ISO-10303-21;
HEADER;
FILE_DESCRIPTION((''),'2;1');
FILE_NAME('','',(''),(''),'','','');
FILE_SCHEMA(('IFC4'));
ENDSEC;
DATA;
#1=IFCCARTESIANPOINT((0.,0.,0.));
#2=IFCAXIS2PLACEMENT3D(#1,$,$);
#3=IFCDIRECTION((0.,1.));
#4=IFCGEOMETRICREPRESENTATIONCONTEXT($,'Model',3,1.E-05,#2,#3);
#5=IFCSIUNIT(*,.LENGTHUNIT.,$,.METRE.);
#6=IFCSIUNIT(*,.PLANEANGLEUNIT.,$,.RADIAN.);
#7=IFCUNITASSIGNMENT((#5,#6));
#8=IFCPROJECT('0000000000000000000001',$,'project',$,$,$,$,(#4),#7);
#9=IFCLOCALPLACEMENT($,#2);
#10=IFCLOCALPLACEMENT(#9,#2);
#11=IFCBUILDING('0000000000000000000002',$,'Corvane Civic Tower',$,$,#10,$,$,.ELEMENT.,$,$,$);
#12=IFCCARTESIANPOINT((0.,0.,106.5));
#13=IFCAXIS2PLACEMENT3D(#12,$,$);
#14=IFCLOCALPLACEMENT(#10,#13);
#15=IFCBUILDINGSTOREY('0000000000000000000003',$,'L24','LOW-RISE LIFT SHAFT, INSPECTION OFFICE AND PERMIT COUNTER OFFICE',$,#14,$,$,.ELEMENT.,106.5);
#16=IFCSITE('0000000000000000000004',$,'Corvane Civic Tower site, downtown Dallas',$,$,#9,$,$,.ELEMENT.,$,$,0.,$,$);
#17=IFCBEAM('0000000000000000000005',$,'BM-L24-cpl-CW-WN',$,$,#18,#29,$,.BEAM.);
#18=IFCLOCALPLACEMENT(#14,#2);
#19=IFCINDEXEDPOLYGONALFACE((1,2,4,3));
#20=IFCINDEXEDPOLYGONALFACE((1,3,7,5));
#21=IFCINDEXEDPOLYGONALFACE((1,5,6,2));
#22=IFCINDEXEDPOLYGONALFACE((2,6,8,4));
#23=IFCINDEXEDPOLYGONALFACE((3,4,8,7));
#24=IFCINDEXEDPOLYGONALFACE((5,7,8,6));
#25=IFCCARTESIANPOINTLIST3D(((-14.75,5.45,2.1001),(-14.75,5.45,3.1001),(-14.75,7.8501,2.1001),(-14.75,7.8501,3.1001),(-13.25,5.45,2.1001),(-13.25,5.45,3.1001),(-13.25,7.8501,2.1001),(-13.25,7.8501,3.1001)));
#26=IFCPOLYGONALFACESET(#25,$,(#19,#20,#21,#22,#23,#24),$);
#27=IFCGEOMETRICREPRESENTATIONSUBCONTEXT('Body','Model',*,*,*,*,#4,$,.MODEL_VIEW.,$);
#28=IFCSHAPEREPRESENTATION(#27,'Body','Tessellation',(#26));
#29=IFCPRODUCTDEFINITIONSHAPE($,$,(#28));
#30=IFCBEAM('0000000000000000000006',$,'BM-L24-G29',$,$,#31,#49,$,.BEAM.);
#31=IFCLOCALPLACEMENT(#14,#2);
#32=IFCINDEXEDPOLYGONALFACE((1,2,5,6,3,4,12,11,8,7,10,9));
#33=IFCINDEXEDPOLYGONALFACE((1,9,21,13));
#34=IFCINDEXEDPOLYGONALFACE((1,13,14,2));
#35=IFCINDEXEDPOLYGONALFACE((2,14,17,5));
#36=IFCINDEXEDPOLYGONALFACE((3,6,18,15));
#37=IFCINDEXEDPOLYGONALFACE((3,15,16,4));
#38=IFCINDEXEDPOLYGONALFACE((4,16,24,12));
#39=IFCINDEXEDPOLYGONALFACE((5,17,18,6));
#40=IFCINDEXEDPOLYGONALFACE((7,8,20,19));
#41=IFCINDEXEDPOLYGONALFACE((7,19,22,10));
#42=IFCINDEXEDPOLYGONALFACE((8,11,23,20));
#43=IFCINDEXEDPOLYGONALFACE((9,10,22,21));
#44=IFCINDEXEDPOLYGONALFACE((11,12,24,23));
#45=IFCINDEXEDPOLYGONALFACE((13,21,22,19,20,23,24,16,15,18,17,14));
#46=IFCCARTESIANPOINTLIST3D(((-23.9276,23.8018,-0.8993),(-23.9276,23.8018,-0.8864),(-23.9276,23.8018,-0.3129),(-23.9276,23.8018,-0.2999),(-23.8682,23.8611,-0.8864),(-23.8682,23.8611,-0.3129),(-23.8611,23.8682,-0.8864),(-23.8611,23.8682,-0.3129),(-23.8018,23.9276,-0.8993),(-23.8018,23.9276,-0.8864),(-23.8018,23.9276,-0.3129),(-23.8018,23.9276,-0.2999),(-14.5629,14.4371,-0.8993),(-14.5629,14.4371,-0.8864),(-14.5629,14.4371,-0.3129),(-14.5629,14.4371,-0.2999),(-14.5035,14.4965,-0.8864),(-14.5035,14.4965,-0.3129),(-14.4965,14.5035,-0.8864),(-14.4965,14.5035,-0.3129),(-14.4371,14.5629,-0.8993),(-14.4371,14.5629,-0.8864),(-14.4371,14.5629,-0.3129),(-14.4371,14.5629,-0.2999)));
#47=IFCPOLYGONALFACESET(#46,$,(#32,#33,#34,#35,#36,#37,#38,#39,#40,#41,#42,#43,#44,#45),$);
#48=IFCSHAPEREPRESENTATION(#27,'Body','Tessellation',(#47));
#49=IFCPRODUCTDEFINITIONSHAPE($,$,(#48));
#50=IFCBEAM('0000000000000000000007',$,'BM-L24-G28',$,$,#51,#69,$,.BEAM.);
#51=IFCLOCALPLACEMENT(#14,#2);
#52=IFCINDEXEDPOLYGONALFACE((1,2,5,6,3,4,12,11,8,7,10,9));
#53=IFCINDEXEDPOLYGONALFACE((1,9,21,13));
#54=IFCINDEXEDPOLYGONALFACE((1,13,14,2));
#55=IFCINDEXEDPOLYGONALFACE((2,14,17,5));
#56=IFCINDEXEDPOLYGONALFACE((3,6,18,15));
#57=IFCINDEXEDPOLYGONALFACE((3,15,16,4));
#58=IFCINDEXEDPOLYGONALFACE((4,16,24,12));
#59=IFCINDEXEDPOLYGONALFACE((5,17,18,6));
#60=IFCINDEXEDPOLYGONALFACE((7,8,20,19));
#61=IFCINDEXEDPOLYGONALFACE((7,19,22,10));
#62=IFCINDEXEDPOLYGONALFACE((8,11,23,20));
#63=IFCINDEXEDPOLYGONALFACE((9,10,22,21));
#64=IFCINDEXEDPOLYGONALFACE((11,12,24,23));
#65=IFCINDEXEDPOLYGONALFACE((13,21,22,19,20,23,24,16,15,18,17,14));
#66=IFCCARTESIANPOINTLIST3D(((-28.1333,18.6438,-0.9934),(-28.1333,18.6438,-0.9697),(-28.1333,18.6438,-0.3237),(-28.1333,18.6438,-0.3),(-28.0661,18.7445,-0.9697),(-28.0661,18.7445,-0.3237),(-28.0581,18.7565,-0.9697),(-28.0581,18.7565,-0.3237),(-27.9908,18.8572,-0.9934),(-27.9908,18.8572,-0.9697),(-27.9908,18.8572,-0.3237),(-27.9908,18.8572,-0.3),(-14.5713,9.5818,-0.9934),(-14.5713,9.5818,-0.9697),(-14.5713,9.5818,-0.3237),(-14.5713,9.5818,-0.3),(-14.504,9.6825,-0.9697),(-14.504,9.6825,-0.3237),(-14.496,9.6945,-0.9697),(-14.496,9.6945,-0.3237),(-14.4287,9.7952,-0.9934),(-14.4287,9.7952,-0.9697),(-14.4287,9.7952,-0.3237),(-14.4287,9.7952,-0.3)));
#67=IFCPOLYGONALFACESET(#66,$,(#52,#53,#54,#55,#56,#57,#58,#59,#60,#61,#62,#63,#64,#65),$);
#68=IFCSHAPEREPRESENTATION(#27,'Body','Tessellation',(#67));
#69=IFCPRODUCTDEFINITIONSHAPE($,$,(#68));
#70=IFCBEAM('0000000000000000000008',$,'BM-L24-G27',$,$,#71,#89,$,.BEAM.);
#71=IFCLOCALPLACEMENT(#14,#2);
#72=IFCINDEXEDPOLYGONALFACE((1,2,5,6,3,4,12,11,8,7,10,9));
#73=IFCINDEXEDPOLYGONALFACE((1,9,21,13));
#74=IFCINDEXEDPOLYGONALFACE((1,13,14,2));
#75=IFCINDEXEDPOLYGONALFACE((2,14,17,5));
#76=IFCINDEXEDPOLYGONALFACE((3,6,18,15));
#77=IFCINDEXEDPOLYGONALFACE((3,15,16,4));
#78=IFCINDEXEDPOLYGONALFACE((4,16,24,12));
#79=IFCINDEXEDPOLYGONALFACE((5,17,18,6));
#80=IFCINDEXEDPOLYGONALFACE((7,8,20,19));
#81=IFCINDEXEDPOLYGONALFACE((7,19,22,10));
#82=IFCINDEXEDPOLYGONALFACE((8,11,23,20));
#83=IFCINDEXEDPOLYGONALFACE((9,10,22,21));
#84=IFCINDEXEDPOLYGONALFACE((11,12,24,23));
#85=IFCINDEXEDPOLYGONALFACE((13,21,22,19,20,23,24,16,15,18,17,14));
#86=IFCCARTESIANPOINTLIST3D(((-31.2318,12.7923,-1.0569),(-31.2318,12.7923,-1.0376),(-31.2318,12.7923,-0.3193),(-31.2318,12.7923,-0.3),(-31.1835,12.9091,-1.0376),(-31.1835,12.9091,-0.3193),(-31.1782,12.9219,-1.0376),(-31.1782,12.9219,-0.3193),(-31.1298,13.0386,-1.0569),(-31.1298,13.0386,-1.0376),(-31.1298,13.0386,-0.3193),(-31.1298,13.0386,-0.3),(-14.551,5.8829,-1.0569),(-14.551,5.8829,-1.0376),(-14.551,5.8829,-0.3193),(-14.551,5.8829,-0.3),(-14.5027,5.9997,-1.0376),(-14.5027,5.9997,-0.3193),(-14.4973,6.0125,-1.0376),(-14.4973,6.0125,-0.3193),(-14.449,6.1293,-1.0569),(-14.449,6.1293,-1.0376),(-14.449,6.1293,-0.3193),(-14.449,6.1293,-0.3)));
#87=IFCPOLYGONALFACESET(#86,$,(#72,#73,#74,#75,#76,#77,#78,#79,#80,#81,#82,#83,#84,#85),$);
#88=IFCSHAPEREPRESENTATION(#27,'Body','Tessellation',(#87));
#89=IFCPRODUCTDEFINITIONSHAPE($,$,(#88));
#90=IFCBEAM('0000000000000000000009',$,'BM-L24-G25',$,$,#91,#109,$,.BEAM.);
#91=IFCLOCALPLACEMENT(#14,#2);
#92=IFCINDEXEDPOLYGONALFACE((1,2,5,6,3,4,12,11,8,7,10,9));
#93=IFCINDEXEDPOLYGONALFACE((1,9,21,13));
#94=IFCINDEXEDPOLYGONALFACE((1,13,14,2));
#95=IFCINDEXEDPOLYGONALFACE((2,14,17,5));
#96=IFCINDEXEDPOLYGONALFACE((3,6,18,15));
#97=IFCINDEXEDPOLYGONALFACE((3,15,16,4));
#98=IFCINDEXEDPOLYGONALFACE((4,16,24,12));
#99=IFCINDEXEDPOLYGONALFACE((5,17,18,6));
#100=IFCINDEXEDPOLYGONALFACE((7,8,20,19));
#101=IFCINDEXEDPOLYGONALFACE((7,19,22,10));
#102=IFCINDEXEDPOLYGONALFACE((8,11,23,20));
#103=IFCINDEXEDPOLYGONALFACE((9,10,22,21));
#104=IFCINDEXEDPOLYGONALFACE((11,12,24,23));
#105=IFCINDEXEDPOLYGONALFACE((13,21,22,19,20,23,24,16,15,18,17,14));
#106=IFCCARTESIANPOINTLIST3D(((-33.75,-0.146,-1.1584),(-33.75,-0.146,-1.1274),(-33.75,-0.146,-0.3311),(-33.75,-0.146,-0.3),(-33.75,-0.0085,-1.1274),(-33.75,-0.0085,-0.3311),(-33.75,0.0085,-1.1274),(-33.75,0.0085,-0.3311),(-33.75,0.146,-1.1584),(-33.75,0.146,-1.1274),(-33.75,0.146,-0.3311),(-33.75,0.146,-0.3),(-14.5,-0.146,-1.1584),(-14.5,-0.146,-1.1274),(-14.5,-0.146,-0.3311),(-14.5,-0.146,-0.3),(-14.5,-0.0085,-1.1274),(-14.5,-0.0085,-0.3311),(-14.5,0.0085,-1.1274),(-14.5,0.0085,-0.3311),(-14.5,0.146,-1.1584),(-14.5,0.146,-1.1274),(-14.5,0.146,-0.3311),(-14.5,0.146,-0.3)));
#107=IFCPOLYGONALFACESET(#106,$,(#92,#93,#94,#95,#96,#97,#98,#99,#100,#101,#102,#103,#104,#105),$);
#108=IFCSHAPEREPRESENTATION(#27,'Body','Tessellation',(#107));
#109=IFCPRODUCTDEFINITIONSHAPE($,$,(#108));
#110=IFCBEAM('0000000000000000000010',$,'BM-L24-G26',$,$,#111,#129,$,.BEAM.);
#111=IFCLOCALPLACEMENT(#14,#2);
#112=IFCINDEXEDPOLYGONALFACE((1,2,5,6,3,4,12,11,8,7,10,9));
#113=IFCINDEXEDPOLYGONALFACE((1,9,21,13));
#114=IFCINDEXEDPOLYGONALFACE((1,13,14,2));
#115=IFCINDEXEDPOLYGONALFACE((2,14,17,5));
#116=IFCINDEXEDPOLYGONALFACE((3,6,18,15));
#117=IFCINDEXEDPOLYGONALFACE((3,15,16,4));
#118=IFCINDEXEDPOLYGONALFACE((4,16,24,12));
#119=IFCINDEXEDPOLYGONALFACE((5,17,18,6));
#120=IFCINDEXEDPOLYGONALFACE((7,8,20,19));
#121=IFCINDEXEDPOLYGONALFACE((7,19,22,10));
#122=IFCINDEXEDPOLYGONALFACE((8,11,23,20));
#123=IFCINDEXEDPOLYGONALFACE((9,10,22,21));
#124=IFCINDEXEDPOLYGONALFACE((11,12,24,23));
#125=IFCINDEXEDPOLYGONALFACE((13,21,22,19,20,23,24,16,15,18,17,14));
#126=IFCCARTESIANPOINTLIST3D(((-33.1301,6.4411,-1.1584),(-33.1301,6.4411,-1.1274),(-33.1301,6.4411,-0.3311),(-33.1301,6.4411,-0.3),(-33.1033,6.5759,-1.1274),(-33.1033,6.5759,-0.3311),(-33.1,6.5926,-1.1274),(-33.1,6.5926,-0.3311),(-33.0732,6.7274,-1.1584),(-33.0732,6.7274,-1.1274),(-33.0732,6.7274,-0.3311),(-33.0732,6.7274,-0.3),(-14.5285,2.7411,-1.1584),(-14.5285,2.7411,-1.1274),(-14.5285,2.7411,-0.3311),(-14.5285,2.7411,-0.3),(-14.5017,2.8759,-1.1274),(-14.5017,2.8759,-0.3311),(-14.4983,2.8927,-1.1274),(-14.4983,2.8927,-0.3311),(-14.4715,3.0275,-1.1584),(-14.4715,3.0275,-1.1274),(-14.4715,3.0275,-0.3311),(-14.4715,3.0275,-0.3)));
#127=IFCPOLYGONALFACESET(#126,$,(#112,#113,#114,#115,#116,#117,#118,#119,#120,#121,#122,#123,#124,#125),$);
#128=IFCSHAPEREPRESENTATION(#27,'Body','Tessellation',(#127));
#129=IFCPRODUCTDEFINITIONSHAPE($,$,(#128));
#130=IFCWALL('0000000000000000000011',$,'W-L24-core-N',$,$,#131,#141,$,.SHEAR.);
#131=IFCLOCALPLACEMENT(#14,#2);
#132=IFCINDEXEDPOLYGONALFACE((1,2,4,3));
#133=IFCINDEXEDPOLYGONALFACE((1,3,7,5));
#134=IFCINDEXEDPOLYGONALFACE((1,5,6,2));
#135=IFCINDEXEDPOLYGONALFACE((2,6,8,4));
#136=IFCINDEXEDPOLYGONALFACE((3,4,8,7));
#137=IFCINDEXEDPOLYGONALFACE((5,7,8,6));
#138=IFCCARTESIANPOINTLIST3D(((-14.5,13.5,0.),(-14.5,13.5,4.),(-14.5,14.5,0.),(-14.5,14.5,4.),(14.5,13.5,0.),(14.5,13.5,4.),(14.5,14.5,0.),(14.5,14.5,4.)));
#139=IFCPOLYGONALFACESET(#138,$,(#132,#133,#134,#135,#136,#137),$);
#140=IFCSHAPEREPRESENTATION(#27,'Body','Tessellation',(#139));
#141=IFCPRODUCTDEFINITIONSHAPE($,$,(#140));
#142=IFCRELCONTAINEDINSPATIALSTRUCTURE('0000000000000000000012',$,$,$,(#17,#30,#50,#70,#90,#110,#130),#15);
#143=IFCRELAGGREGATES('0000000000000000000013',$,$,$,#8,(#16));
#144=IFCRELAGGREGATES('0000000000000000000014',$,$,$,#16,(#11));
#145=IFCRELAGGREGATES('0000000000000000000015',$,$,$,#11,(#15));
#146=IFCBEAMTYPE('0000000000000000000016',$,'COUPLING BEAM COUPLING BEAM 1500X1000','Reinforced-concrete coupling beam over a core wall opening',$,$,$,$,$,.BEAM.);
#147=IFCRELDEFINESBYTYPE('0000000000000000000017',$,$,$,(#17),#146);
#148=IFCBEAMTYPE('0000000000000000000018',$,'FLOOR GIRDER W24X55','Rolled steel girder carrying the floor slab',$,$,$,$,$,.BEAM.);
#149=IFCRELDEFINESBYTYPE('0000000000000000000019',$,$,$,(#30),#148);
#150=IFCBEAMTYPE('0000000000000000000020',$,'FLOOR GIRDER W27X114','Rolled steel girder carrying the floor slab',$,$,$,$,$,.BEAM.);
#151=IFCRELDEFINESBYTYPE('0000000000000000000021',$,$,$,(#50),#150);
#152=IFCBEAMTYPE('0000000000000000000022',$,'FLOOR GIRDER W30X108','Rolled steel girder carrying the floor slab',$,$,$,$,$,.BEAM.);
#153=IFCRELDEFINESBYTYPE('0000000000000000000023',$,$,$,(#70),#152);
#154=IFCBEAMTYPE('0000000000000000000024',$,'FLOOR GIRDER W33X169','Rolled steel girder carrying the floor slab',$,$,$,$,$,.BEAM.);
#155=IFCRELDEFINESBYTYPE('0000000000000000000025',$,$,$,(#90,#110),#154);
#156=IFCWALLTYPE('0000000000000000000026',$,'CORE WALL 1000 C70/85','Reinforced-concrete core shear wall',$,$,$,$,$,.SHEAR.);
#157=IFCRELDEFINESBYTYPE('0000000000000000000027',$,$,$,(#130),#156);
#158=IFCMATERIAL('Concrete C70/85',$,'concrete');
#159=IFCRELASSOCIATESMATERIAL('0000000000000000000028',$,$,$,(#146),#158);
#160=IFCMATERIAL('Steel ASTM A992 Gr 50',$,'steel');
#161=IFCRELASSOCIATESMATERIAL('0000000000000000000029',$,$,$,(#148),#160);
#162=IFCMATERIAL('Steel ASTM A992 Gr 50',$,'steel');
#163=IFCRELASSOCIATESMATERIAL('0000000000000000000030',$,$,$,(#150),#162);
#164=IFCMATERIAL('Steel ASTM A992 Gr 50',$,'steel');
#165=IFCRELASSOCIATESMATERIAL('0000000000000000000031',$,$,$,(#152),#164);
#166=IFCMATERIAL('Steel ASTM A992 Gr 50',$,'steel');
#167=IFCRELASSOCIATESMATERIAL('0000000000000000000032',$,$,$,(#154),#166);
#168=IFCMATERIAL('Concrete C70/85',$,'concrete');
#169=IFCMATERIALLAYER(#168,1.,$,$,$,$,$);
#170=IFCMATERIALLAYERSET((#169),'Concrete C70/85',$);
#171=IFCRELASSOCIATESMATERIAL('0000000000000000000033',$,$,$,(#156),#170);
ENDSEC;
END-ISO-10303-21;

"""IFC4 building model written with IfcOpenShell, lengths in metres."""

from ifc_helpers import new_model, si_unit, direction, frame, frame_2d, origin, origin_2d, place, context, subcontext, project, spatial, rectangle, i_section, extrude, material, layer, layer_set, material_profile, profile_set, type_object, element, save


model = new_model("IFC4")

# Units and contexts
model_context = context("Model", 3, precision=1e-05, world=origin(), true_north=direction((0.0, 1.0)))
body_context = subcontext(model_context, "Body", "Model", "MODEL_VIEW")
ifc_project = project(units=[si_unit("LENGTHUNIT", "METRE"), si_unit("PLANEANGLEUNIT", "RADIAN")], contexts=[model_context])

# Site, building, storey
site_placement = place(None, origin())
site = spatial("IfcSite", under=ifc_project, at=site_placement, Name="Corvane Civic Tower site, downtown Dallas", CompositionType="ELEMENT", RefElevation=0.0)
building_placement = place(site_placement, origin())
building = spatial("IfcBuilding", under=site, at=building_placement, Name="Corvane Civic Tower", CompositionType="ELEMENT")
storey_placement = place(building_placement, frame((0.0, 0.0, 106.5)))
storey = spatial("IfcBuildingStorey", under=building, at=storey_placement, Name="L24", Description="LOW-RISE LIFT SHAFT, INSPECTION OFFICE AND PERMIT COUNTER OFFICE", CompositionType="ELEMENT", Elevation=106.5)

# Beams
ifc_material_1 = material(Name="Concrete C70/85", Category="concrete")
ifc_material_profile_1 = material_profile(ifc_material_1, rectangle(XDim=1.5, YDim=1.0, at=origin_2d()), Name="COUPLING BEAM 1500X1000")
ifc_profile_set_1 = profile_set([ifc_material_profile_1], Name="Concrete C70/85")
beam_type_1 = type_object("IfcBeamType", Name="COUPLING BEAM COUPLING BEAM 1500X1000", Description="Reinforced-concrete coupling beam over a core wall opening", PredefinedType="BEAM", material=ifc_profile_set_1)
beam_1_placement = place(storey_placement, frame((-14.0, 5.45, 2.6001), z_axis=(0.0, 1.0, 0.0), x_axis=(-1.0, 0.0, 0.0)))
element("IfcBeam", 1, at=beam_1_placement, inside=storey, type_object=beam_type_1, Name="BM-L24-cpl-CW-WN", PredefinedType="BEAM", context=body_context, shape_type="SweptSolid", body=[
    extrude(rectangle(XDim=1.5, YDim=1.0, at=origin_2d()), origin(), (0.0, 0.0, 1.0), 2.4001),
])
ifc_material_2 = material(Name="Steel ASTM A992 Gr 50", Category="steel")
ifc_material_profile_2 = material_profile(ifc_material_2, i_section(OverallWidth=0.178, OverallDepth=0.5994, WebThickness=0.01, FlangeThickness=0.0129, at=origin_2d()), Name="W24X55")
ifc_profile_set_2 = profile_set([ifc_material_profile_2], Name="Steel ASTM A992 Gr 50")
beam_type_2 = type_object("IfcBeamType", Name="FLOOR GIRDER W24X55", Description="Rolled steel girder carrying the floor slab", PredefinedType="BEAM", material=ifc_profile_set_2)
beam_2_placement = place(storey_placement, frame((-14.5, 14.5, -0.5996), z_axis=(-0.707107, 0.707107, 0.0), x_axis=(-0.707107, -0.707107, 0.0)))
element("IfcBeam", 2, at=beam_2_placement, inside=storey, type_object=beam_type_2, Name="BM-L24-G29", PredefinedType="BEAM", context=body_context, shape_type="SweptSolid", body=[
    extrude(i_section(OverallWidth=0.178, OverallDepth=0.5994, WebThickness=0.01, FlangeThickness=0.0129, at=origin_2d()), origin(), (0.0, 0.0, 1.0), 13.2437),
])
ifc_material_3 = material(Name="Steel ASTM A992 Gr 50", Category="steel")
ifc_material_profile_3 = material_profile(ifc_material_3, i_section(OverallWidth=0.2566, OverallDepth=0.6934, WebThickness=0.0144, FlangeThickness=0.0237, at=origin_2d()), Name="W27X114")
ifc_profile_set_3 = profile_set([ifc_material_profile_3], Name="Steel ASTM A992 Gr 50")
beam_type_3 = type_object("IfcBeamType", Name="FLOOR GIRDER W27X114", Description="Rolled steel girder carrying the floor slab", PredefinedType="BEAM", material=ifc_profile_set_3)
beam_3_placement = place(storey_placement, frame((-14.5, 9.6885, -0.6467), z_axis=(-0.831465, 0.555577, 0.0), x_axis=(-0.555577, -0.831465, 0.0)))
element("IfcBeam", 3, at=beam_3_placement, inside=storey, type_object=beam_type_3, Name="BM-L24-G28", PredefinedType="BEAM", context=body_context, shape_type="SweptSolid", body=[
    extrude(i_section(OverallWidth=0.2566, OverallDepth=0.6934, WebThickness=0.0144, FlangeThickness=0.0237, at=origin_2d()), origin(), (0.0, 0.0, 1.0), 16.311),
])
ifc_material_4 = material(Name="Steel ASTM A992 Gr 50", Category="steel")
ifc_material_profile_4 = material_profile(ifc_material_4, i_section(OverallWidth=0.2666, OverallDepth=0.7568, WebThickness=0.0139, FlangeThickness=0.0193, at=origin_2d()), Name="W30X108")
ifc_profile_set_4 = profile_set([ifc_material_profile_4], Name="Steel ASTM A992 Gr 50")
beam_type_4 = type_object("IfcBeamType", Name="FLOOR GIRDER W30X108", Description="Rolled steel girder carrying the floor slab", PredefinedType="BEAM", material=ifc_profile_set_4)
beam_4_placement = place(storey_placement, frame((-14.5, 6.0061, -0.6785), z_axis=(-0.92388, 0.382682, 0.0), x_axis=(-0.382682, -0.92388, 0.0)))
element("IfcBeam", 4, at=beam_4_placement, inside=storey, type_object=beam_type_4, Name="BM-L24-G27", PredefinedType="BEAM", context=body_context, shape_type="SweptSolid", body=[
    extrude(i_section(OverallWidth=0.2666, OverallDepth=0.7568, WebThickness=0.0139, FlangeThickness=0.0193, at=origin_2d()), origin(), (0.0, 0.0, 1.0), 18.0552),
])
ifc_material_5 = material(Name="Steel ASTM A992 Gr 50", Category="steel")
ifc_material_profile_5 = material_profile(ifc_material_5, i_section(OverallWidth=0.292, OverallDepth=0.8584, WebThickness=0.0171, FlangeThickness=0.031, at=origin_2d()), Name="W33X169")
ifc_profile_set_5 = profile_set([ifc_material_profile_5], Name="Steel ASTM A992 Gr 50")
beam_type_5 = type_object("IfcBeamType", Name="FLOOR GIRDER W33X169", Description="Rolled steel girder carrying the floor slab", PredefinedType="BEAM", material=ifc_profile_set_5)
beam_5_placement = place(storey_placement, frame((-14.5, 0.0, -0.7292), z_axis=(-1.0, 0.0, 0.0), x_axis=(0.0, -1.0, 0.0)))
element("IfcBeam", 5, at=beam_5_placement, inside=storey, type_object=beam_type_5, Name="BM-L24-G25", PredefinedType="BEAM", context=body_context, shape_type="SweptSolid", body=[
    extrude(i_section(OverallWidth=0.292, OverallDepth=0.8584, WebThickness=0.0171, FlangeThickness=0.031, at=origin_2d()), origin(), (0.0, 0.0, 1.0), 19.25),
])
beam_6_placement = place(storey_placement, frame((-14.5, 2.8843, -0.7292), z_axis=(-0.980787, 0.195084, 0.0), x_axis=(-0.195084, -0.980787, 0.0)))
element("IfcBeam", 6, at=beam_6_placement, inside=storey, type_object=beam_type_5, Name="BM-L24-G26", PredefinedType="BEAM", context=body_context, shape_type="SweptSolid", body=[
    extrude(i_section(OverallWidth=0.292, OverallDepth=0.8584, WebThickness=0.0171, FlangeThickness=0.031, at=origin_2d()), origin(), (0.0, 0.0, 1.0), 18.9661),
])

# Wall
ifc_material_6 = material(Name="Concrete C70/85", Category="concrete")
ifc_layer_1 = layer(ifc_material_6, 1.0)
ifc_layer_set_1 = layer_set([ifc_layer_1], Name="Concrete C70/85")
wall_type_1 = type_object("IfcWallType", Name="CORE WALL 1000 C70/85", Description="Reinforced-concrete core shear wall", PredefinedType="SHEAR", material=ifc_layer_set_1)
wall_1_placement = place(storey_placement, frame((-14.5, 14.0, 0.0), z_axis=(0.0, 0.0, 1.0), x_axis=(1.0, 0.0, 0.0)))
element("IfcWall", 7, at=wall_1_placement, inside=storey, type_object=wall_type_1, Name="W-L24-core-N", PredefinedType="SHEAR", context=body_context, shape_type="SweptSolid", body=[
    extrude(rectangle(XDim=29.0, YDim=1.0, at=frame_2d((14.5, 0.0))), origin(), (0.0, 0.0, 1.0), 4.0),
])

save(model, "model.ifc")
